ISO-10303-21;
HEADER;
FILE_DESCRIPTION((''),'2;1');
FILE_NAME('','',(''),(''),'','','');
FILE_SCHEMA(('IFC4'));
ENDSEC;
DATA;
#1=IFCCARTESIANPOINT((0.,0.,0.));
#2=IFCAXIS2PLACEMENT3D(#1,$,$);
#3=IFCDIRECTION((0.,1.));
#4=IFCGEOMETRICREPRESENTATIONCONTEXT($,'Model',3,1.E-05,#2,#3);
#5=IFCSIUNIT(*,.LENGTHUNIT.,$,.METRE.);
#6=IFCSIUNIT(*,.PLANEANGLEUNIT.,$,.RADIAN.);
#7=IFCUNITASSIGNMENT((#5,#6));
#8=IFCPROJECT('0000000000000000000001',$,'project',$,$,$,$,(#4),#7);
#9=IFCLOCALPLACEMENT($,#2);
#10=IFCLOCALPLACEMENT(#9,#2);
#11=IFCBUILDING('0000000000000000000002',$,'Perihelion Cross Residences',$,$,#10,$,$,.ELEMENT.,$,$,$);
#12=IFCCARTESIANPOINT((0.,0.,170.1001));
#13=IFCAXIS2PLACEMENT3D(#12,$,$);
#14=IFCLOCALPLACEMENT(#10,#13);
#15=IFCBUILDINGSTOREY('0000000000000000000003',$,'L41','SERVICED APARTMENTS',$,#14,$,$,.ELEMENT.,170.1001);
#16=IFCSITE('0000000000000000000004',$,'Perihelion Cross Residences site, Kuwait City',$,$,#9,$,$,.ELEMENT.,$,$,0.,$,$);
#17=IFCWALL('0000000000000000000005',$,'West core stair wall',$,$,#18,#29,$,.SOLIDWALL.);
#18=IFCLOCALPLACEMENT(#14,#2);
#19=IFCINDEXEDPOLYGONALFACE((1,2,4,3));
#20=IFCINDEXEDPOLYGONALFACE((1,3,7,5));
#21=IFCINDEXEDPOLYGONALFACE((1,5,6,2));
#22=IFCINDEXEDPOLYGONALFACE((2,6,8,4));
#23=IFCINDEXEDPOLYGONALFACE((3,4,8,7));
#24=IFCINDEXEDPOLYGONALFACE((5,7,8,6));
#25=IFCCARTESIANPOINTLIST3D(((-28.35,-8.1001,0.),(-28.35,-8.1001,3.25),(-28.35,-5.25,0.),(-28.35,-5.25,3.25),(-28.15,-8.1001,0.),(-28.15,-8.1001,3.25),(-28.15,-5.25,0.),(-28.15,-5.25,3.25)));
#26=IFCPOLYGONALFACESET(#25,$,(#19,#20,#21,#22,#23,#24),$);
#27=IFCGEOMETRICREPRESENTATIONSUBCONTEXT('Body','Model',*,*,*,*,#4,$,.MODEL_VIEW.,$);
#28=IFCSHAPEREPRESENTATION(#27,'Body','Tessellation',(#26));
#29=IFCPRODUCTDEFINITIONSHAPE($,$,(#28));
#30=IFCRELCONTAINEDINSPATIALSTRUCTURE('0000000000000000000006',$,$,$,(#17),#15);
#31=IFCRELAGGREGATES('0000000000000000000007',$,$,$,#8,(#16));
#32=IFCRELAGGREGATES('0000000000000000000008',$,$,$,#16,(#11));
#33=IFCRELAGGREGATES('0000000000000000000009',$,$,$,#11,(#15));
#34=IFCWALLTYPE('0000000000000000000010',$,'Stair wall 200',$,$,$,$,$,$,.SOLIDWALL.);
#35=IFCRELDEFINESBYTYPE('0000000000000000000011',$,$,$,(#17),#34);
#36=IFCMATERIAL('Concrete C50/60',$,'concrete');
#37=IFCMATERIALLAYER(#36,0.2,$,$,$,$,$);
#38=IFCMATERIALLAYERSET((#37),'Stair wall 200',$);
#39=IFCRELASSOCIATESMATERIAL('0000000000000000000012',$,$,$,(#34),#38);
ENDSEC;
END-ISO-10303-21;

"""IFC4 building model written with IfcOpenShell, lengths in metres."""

from ifc_helpers import new_model, si_unit, direction, frame, frame_2d, origin, place, context, subcontext, project, spatial, rectangle, extrude, material, layer, layer_set, type_object, element, save


model = new_model("IFC4")

# Units and contexts
model_context = context("Model", 3, precision=1e-05, world=origin(), true_north=direction((0.0, 1.0)))
body_context = subcontext(model_context, "Body", "Model", "MODEL_VIEW")
ifc_project = project(units=[si_unit("LENGTHUNIT", "METRE"), si_unit("PLANEANGLEUNIT", "RADIAN")], contexts=[model_context])

# Site, building, storey
site_placement = place(None, origin())
site = spatial("IfcSite", under=ifc_project, at=site_placement, Name="Perihelion Cross Residences site, Kuwait City", CompositionType="ELEMENT", RefElevation=0.0)
building_placement = place(site_placement, origin())
building = spatial("IfcBuilding", under=site, at=building_placement, Name="Perihelion Cross Residences", CompositionType="ELEMENT")
storey_placement = place(building_placement, frame((0.0, 0.0, 170.1001)))
storey = spatial("IfcBuildingStorey", under=building, at=storey_placement, Name="L41", Description="SERVICED APARTMENTS", CompositionType="ELEMENT", Elevation=170.1001)

# Shared definitions
ifc_material_1 = material(Name="Concrete C50/60", Category="concrete")
ifc_layer_1 = layer(ifc_material_1, 0.2)
ifc_layer_set_1 = layer_set([ifc_layer_1], Name="Stair wall 200")
wall_type_1 = type_object("IfcWallType", Name="Stair wall 200", PredefinedType="SOLIDWALL", material=ifc_layer_set_1)

# Wall
wall_1_placement = place(storey_placement, frame((-28.25, -8.1001, 0.0), z_axis=(0.0, 0.0, 1.0), x_axis=(0.0, 1.0, 0.0)))
element("IfcWall", 1, at=wall_1_placement, inside=storey, type_object=wall_type_1, Name="West core stair wall", PredefinedType="SOLIDWALL", context=body_context, shape_type="SweptSolid", body=[
    extrude(rectangle(XDim=2.8501, YDim=0.2, at=frame_2d((1.425, 0.0))), origin(), (0.0, 0.0, 1.0), 3.25),
])

save(model, "model.ifc")
